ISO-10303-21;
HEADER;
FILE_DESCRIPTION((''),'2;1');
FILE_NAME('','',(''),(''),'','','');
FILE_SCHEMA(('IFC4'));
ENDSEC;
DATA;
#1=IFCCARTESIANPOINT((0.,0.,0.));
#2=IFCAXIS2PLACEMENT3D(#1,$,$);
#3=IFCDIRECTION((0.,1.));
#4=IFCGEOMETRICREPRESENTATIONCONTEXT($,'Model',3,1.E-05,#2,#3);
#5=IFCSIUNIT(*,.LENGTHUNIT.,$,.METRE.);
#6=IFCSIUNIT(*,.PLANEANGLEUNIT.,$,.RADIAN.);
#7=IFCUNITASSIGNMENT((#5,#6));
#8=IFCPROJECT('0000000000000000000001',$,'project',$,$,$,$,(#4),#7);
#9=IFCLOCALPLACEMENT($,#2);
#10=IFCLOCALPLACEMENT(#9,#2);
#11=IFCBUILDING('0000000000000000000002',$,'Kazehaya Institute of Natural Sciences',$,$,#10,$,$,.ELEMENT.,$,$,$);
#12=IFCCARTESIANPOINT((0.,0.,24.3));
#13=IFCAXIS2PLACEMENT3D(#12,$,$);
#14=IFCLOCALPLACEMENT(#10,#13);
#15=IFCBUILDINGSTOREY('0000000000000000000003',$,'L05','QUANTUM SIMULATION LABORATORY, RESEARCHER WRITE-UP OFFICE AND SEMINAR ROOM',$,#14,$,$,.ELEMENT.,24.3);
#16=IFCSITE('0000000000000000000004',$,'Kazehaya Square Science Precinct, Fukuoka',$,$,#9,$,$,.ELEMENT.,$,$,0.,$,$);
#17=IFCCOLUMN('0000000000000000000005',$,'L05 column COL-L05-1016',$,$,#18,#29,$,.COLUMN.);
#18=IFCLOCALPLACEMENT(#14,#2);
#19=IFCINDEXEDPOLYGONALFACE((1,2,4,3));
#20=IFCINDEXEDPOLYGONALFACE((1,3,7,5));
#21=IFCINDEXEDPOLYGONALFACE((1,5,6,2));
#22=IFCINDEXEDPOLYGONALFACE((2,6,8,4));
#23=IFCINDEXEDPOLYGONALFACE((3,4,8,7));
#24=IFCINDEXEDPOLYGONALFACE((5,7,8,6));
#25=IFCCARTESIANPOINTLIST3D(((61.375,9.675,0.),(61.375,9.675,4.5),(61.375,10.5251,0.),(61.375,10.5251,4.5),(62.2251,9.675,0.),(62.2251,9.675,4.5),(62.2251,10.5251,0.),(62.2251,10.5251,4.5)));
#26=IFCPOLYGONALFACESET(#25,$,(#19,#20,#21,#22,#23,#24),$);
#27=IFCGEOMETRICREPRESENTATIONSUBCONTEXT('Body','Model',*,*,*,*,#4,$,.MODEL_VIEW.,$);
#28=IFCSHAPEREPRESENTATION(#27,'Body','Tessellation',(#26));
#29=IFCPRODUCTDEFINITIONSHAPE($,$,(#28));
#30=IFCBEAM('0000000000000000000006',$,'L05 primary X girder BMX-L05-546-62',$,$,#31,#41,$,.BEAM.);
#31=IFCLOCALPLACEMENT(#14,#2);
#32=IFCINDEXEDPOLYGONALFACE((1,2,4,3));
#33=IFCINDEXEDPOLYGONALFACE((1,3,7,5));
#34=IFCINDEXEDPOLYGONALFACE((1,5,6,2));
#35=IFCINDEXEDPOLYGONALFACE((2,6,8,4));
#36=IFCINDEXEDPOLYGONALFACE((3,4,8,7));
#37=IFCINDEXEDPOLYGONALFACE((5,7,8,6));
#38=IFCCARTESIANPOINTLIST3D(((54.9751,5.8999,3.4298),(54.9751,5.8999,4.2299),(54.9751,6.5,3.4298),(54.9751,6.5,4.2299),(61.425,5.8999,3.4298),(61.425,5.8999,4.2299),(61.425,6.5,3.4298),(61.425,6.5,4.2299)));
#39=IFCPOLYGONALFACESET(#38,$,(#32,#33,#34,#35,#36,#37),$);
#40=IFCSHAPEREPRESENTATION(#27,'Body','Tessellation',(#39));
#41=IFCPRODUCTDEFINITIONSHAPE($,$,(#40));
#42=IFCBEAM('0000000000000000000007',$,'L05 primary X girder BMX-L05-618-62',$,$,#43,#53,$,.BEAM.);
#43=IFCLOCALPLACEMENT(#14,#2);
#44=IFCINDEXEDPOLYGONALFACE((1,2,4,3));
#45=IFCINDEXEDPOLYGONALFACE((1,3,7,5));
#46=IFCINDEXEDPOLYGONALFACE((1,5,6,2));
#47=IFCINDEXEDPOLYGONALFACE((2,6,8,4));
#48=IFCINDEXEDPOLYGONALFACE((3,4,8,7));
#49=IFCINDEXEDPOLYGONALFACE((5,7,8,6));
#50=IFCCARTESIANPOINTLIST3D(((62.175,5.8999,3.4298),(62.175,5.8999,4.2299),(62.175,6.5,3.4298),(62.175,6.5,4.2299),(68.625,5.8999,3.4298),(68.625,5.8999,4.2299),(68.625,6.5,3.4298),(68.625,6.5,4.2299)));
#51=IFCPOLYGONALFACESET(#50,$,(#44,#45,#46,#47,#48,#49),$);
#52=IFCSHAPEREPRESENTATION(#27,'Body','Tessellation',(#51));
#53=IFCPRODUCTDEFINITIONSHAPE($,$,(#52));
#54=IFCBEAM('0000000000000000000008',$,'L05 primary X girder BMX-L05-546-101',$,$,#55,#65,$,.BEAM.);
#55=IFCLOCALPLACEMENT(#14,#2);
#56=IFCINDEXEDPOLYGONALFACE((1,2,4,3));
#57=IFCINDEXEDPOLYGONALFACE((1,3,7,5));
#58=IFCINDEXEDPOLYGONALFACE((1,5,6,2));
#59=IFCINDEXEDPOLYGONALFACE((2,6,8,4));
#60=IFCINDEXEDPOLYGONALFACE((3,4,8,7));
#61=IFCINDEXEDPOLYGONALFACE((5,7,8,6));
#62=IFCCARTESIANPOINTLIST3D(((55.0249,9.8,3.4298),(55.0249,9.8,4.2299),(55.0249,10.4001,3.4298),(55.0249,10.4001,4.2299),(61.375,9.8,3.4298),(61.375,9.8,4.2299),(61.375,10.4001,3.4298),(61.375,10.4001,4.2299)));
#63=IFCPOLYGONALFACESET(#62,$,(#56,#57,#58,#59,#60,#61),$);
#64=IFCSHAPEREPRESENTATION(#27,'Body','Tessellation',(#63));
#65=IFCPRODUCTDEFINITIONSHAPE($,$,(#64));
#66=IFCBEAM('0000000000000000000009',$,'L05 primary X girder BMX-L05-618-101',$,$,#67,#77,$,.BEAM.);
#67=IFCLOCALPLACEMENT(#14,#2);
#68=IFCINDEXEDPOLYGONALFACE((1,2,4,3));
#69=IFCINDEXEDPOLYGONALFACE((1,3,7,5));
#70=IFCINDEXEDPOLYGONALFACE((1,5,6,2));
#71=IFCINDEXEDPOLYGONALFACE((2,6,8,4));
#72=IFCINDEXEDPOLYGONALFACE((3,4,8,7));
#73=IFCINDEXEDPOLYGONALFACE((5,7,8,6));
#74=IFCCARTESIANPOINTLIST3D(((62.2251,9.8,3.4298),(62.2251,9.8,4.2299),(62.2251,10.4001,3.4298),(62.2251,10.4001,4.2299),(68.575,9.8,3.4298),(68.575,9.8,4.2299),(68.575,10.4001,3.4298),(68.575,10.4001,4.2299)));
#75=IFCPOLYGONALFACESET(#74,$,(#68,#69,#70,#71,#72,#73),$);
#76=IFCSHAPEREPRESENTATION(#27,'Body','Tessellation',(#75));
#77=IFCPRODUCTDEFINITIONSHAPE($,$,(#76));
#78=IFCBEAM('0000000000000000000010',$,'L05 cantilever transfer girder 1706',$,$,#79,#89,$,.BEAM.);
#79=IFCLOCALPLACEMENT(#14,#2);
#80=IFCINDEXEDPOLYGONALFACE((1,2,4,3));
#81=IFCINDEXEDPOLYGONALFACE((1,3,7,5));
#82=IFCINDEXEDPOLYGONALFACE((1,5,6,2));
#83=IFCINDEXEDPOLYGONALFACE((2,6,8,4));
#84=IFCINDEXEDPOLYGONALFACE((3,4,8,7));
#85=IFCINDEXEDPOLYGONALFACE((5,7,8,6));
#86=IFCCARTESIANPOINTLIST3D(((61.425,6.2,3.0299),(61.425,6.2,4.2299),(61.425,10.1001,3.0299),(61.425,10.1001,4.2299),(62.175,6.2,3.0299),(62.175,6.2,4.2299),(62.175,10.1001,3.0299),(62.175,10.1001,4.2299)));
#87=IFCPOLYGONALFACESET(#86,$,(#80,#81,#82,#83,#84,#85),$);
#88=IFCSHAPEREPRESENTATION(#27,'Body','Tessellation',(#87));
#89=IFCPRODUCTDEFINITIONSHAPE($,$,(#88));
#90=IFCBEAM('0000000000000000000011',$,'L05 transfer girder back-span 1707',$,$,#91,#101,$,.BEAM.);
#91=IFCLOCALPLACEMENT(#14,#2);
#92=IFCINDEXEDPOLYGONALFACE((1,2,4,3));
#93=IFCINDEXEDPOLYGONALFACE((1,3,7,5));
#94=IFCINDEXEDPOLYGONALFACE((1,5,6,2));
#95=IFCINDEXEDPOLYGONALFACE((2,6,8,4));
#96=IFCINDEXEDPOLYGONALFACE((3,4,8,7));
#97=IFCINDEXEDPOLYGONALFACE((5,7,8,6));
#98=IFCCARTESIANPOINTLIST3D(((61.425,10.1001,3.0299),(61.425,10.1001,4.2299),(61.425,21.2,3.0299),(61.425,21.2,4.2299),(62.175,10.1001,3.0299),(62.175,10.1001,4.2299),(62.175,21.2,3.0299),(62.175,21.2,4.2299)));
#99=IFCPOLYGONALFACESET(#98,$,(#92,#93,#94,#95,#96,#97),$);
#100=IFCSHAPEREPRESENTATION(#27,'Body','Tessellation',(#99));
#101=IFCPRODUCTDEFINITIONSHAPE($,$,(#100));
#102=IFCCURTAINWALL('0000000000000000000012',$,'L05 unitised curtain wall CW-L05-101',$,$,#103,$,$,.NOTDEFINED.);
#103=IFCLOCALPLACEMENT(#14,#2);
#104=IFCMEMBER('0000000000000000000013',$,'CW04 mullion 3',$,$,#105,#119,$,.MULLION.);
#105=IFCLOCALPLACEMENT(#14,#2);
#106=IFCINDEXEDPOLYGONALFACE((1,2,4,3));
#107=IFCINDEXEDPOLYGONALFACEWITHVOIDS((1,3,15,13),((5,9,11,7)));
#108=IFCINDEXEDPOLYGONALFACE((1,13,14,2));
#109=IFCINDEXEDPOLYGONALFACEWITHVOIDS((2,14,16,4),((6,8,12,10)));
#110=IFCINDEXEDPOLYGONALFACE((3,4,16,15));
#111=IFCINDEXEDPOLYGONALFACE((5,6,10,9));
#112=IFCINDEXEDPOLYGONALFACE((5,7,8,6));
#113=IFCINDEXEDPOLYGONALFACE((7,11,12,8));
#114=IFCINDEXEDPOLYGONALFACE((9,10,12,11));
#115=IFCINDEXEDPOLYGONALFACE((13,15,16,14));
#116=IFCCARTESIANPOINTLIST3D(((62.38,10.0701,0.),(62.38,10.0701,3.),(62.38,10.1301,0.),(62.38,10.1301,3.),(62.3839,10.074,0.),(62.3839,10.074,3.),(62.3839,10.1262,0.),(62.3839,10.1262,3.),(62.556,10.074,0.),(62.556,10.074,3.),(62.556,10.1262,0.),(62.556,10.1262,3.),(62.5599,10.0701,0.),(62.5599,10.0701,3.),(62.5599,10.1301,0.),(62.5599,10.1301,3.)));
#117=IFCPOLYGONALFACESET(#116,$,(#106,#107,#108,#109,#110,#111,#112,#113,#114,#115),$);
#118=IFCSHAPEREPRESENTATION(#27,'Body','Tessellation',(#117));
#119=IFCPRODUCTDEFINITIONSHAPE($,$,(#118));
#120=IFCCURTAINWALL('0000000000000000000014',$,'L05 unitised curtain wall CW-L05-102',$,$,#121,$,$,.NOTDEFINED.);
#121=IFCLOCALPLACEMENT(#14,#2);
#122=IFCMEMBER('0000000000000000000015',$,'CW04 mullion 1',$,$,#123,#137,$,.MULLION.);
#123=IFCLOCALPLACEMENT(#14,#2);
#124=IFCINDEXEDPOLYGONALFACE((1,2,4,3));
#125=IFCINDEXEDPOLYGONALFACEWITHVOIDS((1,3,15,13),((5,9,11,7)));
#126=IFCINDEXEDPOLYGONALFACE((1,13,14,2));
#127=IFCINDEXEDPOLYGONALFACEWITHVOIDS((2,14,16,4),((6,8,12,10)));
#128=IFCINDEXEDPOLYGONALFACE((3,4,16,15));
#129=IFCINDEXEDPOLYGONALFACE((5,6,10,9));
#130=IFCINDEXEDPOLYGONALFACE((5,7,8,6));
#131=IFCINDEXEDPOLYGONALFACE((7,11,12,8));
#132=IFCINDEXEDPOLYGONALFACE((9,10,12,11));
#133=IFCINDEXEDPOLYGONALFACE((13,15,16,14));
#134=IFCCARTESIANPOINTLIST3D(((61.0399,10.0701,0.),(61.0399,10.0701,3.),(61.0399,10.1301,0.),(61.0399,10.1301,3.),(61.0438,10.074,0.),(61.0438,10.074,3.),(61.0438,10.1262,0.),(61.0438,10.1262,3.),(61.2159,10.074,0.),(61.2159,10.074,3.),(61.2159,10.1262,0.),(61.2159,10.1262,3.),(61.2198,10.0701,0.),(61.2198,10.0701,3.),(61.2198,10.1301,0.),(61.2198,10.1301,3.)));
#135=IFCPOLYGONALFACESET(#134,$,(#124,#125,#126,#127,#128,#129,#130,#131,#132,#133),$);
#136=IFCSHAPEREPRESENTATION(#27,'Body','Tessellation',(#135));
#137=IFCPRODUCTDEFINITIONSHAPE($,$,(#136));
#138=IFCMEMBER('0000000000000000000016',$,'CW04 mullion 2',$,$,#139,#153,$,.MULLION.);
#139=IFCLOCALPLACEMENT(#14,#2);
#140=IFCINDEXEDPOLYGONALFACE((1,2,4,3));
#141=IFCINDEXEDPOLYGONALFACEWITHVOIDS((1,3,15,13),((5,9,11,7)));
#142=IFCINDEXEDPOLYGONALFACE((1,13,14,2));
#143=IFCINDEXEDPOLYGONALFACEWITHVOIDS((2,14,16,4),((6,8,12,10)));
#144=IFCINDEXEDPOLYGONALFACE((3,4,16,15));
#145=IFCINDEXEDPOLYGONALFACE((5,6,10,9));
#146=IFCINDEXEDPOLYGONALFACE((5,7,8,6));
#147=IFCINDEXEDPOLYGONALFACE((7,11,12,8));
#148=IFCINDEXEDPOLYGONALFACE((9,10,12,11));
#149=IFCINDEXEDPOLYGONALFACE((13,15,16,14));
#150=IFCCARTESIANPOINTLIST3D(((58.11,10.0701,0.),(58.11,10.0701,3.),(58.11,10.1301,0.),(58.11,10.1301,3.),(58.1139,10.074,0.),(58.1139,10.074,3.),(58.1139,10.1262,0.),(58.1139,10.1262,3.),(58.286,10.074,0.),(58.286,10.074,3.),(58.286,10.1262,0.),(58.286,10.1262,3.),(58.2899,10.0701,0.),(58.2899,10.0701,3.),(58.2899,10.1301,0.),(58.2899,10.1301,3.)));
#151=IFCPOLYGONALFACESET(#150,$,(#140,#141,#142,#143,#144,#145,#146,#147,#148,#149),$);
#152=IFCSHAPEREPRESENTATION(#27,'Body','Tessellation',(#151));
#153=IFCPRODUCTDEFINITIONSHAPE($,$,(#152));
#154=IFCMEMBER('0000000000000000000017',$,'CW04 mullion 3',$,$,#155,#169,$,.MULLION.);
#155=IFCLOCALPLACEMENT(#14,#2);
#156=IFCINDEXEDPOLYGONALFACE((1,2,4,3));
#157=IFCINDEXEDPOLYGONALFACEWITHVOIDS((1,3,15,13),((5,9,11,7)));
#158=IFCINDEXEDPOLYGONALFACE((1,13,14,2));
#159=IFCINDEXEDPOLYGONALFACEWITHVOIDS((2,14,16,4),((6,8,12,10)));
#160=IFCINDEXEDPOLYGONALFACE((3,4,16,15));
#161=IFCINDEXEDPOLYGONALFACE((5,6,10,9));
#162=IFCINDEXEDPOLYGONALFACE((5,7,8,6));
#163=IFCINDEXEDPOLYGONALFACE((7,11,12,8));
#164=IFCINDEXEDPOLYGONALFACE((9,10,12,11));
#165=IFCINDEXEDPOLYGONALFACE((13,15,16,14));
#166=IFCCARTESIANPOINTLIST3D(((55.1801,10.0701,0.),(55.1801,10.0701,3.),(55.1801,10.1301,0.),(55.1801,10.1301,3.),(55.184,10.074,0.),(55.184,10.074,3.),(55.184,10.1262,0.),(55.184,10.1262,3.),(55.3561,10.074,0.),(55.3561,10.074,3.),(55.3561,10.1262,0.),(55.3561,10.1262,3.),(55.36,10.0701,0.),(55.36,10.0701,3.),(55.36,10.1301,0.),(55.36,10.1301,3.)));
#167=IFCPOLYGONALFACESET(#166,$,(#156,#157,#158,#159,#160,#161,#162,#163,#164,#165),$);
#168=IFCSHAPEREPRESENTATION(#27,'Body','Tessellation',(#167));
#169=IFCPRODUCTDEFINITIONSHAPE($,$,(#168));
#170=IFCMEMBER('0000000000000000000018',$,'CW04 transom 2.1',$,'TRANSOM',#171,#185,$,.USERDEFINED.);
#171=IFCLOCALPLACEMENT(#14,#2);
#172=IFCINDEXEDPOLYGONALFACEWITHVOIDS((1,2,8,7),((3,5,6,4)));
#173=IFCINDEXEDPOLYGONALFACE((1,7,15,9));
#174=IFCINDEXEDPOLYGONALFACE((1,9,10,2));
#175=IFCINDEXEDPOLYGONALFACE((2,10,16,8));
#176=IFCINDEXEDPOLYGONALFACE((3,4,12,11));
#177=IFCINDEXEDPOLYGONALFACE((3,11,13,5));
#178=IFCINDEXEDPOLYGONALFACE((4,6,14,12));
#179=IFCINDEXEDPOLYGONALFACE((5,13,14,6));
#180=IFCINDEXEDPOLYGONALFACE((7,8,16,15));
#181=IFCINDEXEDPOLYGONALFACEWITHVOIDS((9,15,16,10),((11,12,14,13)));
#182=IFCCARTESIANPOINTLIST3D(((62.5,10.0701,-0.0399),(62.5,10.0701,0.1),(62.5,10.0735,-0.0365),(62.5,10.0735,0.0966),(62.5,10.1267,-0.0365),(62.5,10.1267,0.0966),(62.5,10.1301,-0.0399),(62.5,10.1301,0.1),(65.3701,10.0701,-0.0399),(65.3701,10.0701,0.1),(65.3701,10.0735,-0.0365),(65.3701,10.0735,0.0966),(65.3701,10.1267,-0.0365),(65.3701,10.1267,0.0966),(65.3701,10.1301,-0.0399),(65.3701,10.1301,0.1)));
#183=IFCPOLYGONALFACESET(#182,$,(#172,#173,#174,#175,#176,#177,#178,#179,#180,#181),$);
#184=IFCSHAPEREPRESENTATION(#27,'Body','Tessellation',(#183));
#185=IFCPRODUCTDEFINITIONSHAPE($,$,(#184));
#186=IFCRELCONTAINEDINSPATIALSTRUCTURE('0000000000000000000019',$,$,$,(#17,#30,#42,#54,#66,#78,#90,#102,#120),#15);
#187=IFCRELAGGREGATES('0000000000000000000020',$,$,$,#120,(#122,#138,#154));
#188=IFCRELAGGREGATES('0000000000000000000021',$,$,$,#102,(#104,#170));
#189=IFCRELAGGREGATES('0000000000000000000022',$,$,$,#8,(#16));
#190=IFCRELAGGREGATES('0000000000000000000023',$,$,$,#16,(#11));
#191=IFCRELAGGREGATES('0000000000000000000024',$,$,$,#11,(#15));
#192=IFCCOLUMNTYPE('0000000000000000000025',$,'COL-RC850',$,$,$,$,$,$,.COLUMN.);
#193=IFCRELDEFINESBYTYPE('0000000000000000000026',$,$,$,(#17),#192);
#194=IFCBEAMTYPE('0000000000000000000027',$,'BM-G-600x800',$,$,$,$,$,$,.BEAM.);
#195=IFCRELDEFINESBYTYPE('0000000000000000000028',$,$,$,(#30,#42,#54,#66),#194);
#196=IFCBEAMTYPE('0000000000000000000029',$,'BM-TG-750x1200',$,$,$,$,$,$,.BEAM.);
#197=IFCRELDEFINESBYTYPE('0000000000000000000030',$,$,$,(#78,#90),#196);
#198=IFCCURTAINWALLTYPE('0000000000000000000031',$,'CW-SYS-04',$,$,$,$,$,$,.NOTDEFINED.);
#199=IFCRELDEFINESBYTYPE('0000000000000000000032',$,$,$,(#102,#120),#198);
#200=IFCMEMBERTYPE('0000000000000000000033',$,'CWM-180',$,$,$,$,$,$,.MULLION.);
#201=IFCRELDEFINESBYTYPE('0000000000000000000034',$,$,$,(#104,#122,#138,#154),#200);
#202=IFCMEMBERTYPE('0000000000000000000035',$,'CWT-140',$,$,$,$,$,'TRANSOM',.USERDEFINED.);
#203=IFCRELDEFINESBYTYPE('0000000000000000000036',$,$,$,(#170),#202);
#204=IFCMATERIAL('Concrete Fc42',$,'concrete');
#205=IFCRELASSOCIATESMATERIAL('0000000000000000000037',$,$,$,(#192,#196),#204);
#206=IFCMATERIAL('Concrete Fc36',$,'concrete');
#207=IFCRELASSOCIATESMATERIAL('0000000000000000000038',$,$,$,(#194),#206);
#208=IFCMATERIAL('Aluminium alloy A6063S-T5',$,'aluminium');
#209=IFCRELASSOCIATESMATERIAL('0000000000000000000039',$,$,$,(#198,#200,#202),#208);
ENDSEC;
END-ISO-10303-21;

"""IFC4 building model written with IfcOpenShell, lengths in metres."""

from ifc_helpers import new_model, si_unit, direction, frame, origin, origin_2d, place, context, subcontext, project, spatial, rectangle, hollow_rectangle, extrude, material, material_profile, profile_set, type_object, element, aggregate, save


model = new_model("IFC4")

# Units and contexts
model_context = context("Model", 3, precision=1e-05, world=origin(), true_north=direction((0.0, 1.0)))
body_context = subcontext(model_context, "Body", "Model", "MODEL_VIEW")
ifc_project = project(units=[si_unit("LENGTHUNIT", "METRE"), si_unit("PLANEANGLEUNIT", "RADIAN")], contexts=[model_context])

# Site, building, storey
site_placement = place(None, origin())
site = spatial("IfcSite", under=ifc_project, at=site_placement, Name="Kazehaya Square Science Precinct, Fukuoka", CompositionType="ELEMENT", RefElevation=0.0)
building_placement = place(site_placement, origin())
building = spatial("IfcBuilding", under=site, at=building_placement, Name="Kazehaya Institute of Natural Sciences", CompositionType="ELEMENT")
storey_placement = place(building_placement, frame((0.0, 0.0, 24.3)))
storey = spatial("IfcBuildingStorey", under=building, at=storey_placement, Name="L05", Description="QUANTUM SIMULATION LABORATORY, RESEARCHER WRITE-UP OFFICE AND SEMINAR ROOM", CompositionType="ELEMENT", Elevation=24.3)

# Column
ifc_material_1 = material(Name="Concrete Fc42", Category="concrete")
ifc_material_profile_1 = material_profile(ifc_material_1, rectangle(XDim=0.8501, YDim=0.8501, at=origin_2d()), Name="RC-850x850")
ifc_profile_set_1 = profile_set([ifc_material_profile_1], Name="Concrete Fc42")
column_type = type_object("IfcColumnType", Name="COL-RC850", PredefinedType="COLUMN", material=ifc_profile_set_1)
column_placement = place(storey_placement, frame((61.8, 10.1001, 0.0), z_axis=(0.0, 0.0, 1.0), x_axis=(1.0, 0.0, 0.0)))
element("IfcColumn", 1, at=column_placement, inside=storey, type_object=column_type, Name="L05 column COL-L05-1016", PredefinedType="COLUMN", context=body_context, shape_type="SweptSolid", body=[
    extrude(rectangle(XDim=0.8501, YDim=0.8501, at=origin_2d()), origin(), (0.0, 0.0, 1.0), 4.5),
])

# Beams
ifc_material_2 = material(Name="Concrete Fc36", Category="concrete")
ifc_material_profile_2 = material_profile(ifc_material_2, rectangle(XDim=0.6001, YDim=0.8, at=origin_2d()), Name="RC-600x800")
ifc_profile_set_2 = profile_set([ifc_material_profile_2], Name="Concrete Fc36")
beam_type_1 = type_object("IfcBeamType", Name="BM-G-600x800", PredefinedType="BEAM", material=ifc_profile_set_2)
for number, where, z_axis, x_axis, name in (
    (2, (54.9751, 6.2, 3.8298), (1.0, 0.0, 0.0), (0.0, 1.0, 0.0), "L05 primary X girder BMX-L05-546-62"),
    (3, (62.175, 6.2, 3.8298), (1.0, 0.0, 0.0), (0.0, 1.0, 0.0), "L05 primary X girder BMX-L05-618-62"),
):
    element("IfcBeam", number, at=place(storey_placement, frame(where, z_axis=z_axis, x_axis=x_axis)), inside=storey, type_object=beam_type_1, Name=name, PredefinedType="BEAM", context=body_context, shape_type="SweptSolid", body=[
        extrude(rectangle(XDim=0.6001, YDim=0.8, at=origin_2d()), origin(), (0.0, 0.0, 1.0), 6.45),
    ])
beam_1_placement = place(storey_placement, frame((55.0249, 10.1001, 3.8298), z_axis=(1.0, 0.0, 0.0), x_axis=(0.0, 1.0, 0.0)))
element("IfcBeam", 4, at=beam_1_placement, inside=storey, type_object=beam_type_1, Name="L05 primary X girder BMX-L05-546-101", PredefinedType="BEAM", context=body_context, shape_type="SweptSolid", body=[
    extrude(rectangle(XDim=0.6001, YDim=0.8, at=origin_2d()), origin(), (0.0, 0.0, 1.0), 6.3501),
])
beam_2_placement = place(storey_placement, frame((62.2251, 10.1001, 3.8298), z_axis=(1.0, 0.0, 0.0), x_axis=(0.0, 1.0, 0.0)))
element("IfcBeam", 5, at=beam_2_placement, inside=storey, type_object=beam_type_1, Name="L05 primary X girder BMX-L05-618-101", PredefinedType="BEAM", context=body_context, shape_type="SweptSolid", body=[
    extrude(rectangle(XDim=0.6001, YDim=0.8, at=origin_2d()), origin(), (0.0, 0.0, 1.0), 6.3499),
])
ifc_material_profile_3 = material_profile(ifc_material_1, rectangle(XDim=0.75, YDim=1.2, at=origin_2d()), Name="RC-750x1200")
ifc_profile_set_3 = profile_set([ifc_material_profile_3], Name="Concrete Fc42")
beam_type_2 = type_object("IfcBeamType", Name="BM-TG-750x1200", PredefinedType="BEAM", material=ifc_profile_set_3)
beam_3_placement = place(storey_placement, frame((61.8, 6.2, 3.6299), z_axis=(0.0, 1.0, 0.0), x_axis=(-1.0, 0.0, 0.0)))
element("IfcBeam", 6, at=beam_3_placement, inside=storey, type_object=beam_type_2, Name="L05 cantilever transfer girder 1706", PredefinedType="BEAM", context=body_context, shape_type="SweptSolid", body=[
    extrude(rectangle(XDim=0.75, YDim=1.2, at=origin_2d()), origin(), (0.0, 0.0, 1.0), 3.9001),
])
beam_4_placement = place(storey_placement, frame((61.8, 10.1001, 3.6299), z_axis=(0.0, 1.0, 0.0), x_axis=(-1.0, 0.0, 0.0)))
element("IfcBeam", 7, at=beam_4_placement, inside=storey, type_object=beam_type_2, Name="L05 transfer girder back-span 1707", PredefinedType="BEAM", context=body_context, shape_type="SweptSolid", body=[
    extrude(rectangle(XDim=0.75, YDim=1.2, at=origin_2d()), origin(), (0.0, 0.0, 1.0), 11.0999),
])

# Curtain wall, member
ifc_material_3 = material(Name="Aluminium alloy A6063S-T5", Category="aluminium")
curtain_wall_type = type_object("IfcCurtainWallType", Name="CW-SYS-04", PredefinedType="NOTDEFINED", material=ifc_material_3)
curtain_wall_1_placement = place(storey_placement, origin())
curtain_wall_1 = element("IfcCurtainWall", 8, at=curtain_wall_1_placement, inside=storey, type_object=curtain_wall_type, Name="L05 unitised curtain wall CW-L05-101", PredefinedType="NOTDEFINED")
ifc_material_profile_4 = material_profile(ifc_material_3, hollow_rectangle(XDim=0.0601, YDim=0.1799, WallThickness=0.0039, at=origin_2d()), Name="ALU-60x180x4")
ifc_profile_set_4 = profile_set([ifc_material_profile_4], Name="Aluminium alloy A6063S-T5")
member_type_1 = type_object("IfcMemberType", Name="CWM-180", PredefinedType="MULLION", material=ifc_profile_set_4)
member_1_placement = place(storey_placement, frame((62.47, 10.1001, 0.0), z_axis=(0.0, 0.0, 1.0), x_axis=(0.0, -1.0, 0.0)))
member_1 = element("IfcMember", 9, at=member_1_placement, type_object=member_type_1, Name="CW04 mullion 3", PredefinedType="MULLION", context=body_context, shape_type="SweptSolid", body=[
    extrude(hollow_rectangle(XDim=0.0601, YDim=0.1799, WallThickness=0.0039, at=origin_2d()), origin(), (0.0, 0.0, 1.0), 3.0),
])

# Curtain wall, members
curtain_wall_2_placement = place(storey_placement, origin())
curtain_wall_2 = element("IfcCurtainWall", 10, at=curtain_wall_2_placement, inside=storey, type_object=curtain_wall_type, Name="L05 unitised curtain wall CW-L05-102", PredefinedType="NOTDEFINED")
member_2_placement = place(storey_placement, frame((61.1299, 10.1001, 0.0), z_axis=(0.0, 0.0, 1.0), x_axis=(0.0, -1.0, 0.0)))
member_2 = element("IfcMember", 11, at=member_2_placement, type_object=member_type_1, Name="CW04 mullion 1", PredefinedType="MULLION", context=body_context, shape_type="SweptSolid", body=[
    extrude(hollow_rectangle(XDim=0.0601, YDim=0.1799, WallThickness=0.0039, at=origin_2d()), origin(), (0.0, 0.0, 1.0), 3.0),
])
member_3_placement = place(storey_placement, frame((58.2, 10.1001, 0.0), z_axis=(0.0, 0.0, 1.0), x_axis=(0.0, -1.0, 0.0)))
member_3 = element("IfcMember", 12, at=member_3_placement, type_object=member_type_1, Name="CW04 mullion 2", PredefinedType="MULLION", context=body_context, shape_type="SweptSolid", body=[
    extrude(hollow_rectangle(XDim=0.0601, YDim=0.1799, WallThickness=0.0039, at=origin_2d()), origin(), (0.0, 0.0, 1.0), 3.0),
])
member_4_placement = place(storey_placement, frame((55.27, 10.1001, 0.0), z_axis=(0.0, 0.0, 1.0), x_axis=(0.0, -1.0, 0.0)))
member_4 = element("IfcMember", 13, at=member_4_placement, type_object=member_type_1, Name="CW04 mullion 3", PredefinedType="MULLION", context=body_context, shape_type="SweptSolid", body=[
    extrude(hollow_rectangle(XDim=0.0601, YDim=0.1799, WallThickness=0.0039, at=origin_2d()), origin(), (0.0, 0.0, 1.0), 3.0),
])

# Member
ifc_material_profile_5 = material_profile(ifc_material_3, hollow_rectangle(XDim=0.0601, YDim=0.1399, WallThickness=0.0034, at=origin_2d()), Name="ALU-60x140x3.5")
ifc_profile_set_5 = profile_set([ifc_material_profile_5], Name="Aluminium alloy A6063S-T5")
member_type_2 = type_object("IfcMemberType", Name="CWT-140", ElementType="TRANSOM", PredefinedType="USERDEFINED", material=ifc_profile_set_5)
member_5_placement = place(storey_placement, frame((65.3701, 10.1001, 0.03), z_axis=(-1.0, 0.0, 0.0), x_axis=(0.0, -1.0, 0.0)))
member_5 = element("IfcMember", 14, at=member_5_placement, type_object=member_type_2, Name="CW04 transom 2.1", ObjectType="TRANSOM", PredefinedType="USERDEFINED", context=body_context, shape_type="SweptSolid", body=[
    extrude(hollow_rectangle(XDim=0.0601, YDim=0.1399, WallThickness=0.0034, at=origin_2d()), origin(), (0.0, 0.0, 1.0), 2.8701),
])

aggregate(curtain_wall_2, [member_2, member_3, member_4])
aggregate(curtain_wall_1, [member_1, member_5])

save(model, "model.ifc")
